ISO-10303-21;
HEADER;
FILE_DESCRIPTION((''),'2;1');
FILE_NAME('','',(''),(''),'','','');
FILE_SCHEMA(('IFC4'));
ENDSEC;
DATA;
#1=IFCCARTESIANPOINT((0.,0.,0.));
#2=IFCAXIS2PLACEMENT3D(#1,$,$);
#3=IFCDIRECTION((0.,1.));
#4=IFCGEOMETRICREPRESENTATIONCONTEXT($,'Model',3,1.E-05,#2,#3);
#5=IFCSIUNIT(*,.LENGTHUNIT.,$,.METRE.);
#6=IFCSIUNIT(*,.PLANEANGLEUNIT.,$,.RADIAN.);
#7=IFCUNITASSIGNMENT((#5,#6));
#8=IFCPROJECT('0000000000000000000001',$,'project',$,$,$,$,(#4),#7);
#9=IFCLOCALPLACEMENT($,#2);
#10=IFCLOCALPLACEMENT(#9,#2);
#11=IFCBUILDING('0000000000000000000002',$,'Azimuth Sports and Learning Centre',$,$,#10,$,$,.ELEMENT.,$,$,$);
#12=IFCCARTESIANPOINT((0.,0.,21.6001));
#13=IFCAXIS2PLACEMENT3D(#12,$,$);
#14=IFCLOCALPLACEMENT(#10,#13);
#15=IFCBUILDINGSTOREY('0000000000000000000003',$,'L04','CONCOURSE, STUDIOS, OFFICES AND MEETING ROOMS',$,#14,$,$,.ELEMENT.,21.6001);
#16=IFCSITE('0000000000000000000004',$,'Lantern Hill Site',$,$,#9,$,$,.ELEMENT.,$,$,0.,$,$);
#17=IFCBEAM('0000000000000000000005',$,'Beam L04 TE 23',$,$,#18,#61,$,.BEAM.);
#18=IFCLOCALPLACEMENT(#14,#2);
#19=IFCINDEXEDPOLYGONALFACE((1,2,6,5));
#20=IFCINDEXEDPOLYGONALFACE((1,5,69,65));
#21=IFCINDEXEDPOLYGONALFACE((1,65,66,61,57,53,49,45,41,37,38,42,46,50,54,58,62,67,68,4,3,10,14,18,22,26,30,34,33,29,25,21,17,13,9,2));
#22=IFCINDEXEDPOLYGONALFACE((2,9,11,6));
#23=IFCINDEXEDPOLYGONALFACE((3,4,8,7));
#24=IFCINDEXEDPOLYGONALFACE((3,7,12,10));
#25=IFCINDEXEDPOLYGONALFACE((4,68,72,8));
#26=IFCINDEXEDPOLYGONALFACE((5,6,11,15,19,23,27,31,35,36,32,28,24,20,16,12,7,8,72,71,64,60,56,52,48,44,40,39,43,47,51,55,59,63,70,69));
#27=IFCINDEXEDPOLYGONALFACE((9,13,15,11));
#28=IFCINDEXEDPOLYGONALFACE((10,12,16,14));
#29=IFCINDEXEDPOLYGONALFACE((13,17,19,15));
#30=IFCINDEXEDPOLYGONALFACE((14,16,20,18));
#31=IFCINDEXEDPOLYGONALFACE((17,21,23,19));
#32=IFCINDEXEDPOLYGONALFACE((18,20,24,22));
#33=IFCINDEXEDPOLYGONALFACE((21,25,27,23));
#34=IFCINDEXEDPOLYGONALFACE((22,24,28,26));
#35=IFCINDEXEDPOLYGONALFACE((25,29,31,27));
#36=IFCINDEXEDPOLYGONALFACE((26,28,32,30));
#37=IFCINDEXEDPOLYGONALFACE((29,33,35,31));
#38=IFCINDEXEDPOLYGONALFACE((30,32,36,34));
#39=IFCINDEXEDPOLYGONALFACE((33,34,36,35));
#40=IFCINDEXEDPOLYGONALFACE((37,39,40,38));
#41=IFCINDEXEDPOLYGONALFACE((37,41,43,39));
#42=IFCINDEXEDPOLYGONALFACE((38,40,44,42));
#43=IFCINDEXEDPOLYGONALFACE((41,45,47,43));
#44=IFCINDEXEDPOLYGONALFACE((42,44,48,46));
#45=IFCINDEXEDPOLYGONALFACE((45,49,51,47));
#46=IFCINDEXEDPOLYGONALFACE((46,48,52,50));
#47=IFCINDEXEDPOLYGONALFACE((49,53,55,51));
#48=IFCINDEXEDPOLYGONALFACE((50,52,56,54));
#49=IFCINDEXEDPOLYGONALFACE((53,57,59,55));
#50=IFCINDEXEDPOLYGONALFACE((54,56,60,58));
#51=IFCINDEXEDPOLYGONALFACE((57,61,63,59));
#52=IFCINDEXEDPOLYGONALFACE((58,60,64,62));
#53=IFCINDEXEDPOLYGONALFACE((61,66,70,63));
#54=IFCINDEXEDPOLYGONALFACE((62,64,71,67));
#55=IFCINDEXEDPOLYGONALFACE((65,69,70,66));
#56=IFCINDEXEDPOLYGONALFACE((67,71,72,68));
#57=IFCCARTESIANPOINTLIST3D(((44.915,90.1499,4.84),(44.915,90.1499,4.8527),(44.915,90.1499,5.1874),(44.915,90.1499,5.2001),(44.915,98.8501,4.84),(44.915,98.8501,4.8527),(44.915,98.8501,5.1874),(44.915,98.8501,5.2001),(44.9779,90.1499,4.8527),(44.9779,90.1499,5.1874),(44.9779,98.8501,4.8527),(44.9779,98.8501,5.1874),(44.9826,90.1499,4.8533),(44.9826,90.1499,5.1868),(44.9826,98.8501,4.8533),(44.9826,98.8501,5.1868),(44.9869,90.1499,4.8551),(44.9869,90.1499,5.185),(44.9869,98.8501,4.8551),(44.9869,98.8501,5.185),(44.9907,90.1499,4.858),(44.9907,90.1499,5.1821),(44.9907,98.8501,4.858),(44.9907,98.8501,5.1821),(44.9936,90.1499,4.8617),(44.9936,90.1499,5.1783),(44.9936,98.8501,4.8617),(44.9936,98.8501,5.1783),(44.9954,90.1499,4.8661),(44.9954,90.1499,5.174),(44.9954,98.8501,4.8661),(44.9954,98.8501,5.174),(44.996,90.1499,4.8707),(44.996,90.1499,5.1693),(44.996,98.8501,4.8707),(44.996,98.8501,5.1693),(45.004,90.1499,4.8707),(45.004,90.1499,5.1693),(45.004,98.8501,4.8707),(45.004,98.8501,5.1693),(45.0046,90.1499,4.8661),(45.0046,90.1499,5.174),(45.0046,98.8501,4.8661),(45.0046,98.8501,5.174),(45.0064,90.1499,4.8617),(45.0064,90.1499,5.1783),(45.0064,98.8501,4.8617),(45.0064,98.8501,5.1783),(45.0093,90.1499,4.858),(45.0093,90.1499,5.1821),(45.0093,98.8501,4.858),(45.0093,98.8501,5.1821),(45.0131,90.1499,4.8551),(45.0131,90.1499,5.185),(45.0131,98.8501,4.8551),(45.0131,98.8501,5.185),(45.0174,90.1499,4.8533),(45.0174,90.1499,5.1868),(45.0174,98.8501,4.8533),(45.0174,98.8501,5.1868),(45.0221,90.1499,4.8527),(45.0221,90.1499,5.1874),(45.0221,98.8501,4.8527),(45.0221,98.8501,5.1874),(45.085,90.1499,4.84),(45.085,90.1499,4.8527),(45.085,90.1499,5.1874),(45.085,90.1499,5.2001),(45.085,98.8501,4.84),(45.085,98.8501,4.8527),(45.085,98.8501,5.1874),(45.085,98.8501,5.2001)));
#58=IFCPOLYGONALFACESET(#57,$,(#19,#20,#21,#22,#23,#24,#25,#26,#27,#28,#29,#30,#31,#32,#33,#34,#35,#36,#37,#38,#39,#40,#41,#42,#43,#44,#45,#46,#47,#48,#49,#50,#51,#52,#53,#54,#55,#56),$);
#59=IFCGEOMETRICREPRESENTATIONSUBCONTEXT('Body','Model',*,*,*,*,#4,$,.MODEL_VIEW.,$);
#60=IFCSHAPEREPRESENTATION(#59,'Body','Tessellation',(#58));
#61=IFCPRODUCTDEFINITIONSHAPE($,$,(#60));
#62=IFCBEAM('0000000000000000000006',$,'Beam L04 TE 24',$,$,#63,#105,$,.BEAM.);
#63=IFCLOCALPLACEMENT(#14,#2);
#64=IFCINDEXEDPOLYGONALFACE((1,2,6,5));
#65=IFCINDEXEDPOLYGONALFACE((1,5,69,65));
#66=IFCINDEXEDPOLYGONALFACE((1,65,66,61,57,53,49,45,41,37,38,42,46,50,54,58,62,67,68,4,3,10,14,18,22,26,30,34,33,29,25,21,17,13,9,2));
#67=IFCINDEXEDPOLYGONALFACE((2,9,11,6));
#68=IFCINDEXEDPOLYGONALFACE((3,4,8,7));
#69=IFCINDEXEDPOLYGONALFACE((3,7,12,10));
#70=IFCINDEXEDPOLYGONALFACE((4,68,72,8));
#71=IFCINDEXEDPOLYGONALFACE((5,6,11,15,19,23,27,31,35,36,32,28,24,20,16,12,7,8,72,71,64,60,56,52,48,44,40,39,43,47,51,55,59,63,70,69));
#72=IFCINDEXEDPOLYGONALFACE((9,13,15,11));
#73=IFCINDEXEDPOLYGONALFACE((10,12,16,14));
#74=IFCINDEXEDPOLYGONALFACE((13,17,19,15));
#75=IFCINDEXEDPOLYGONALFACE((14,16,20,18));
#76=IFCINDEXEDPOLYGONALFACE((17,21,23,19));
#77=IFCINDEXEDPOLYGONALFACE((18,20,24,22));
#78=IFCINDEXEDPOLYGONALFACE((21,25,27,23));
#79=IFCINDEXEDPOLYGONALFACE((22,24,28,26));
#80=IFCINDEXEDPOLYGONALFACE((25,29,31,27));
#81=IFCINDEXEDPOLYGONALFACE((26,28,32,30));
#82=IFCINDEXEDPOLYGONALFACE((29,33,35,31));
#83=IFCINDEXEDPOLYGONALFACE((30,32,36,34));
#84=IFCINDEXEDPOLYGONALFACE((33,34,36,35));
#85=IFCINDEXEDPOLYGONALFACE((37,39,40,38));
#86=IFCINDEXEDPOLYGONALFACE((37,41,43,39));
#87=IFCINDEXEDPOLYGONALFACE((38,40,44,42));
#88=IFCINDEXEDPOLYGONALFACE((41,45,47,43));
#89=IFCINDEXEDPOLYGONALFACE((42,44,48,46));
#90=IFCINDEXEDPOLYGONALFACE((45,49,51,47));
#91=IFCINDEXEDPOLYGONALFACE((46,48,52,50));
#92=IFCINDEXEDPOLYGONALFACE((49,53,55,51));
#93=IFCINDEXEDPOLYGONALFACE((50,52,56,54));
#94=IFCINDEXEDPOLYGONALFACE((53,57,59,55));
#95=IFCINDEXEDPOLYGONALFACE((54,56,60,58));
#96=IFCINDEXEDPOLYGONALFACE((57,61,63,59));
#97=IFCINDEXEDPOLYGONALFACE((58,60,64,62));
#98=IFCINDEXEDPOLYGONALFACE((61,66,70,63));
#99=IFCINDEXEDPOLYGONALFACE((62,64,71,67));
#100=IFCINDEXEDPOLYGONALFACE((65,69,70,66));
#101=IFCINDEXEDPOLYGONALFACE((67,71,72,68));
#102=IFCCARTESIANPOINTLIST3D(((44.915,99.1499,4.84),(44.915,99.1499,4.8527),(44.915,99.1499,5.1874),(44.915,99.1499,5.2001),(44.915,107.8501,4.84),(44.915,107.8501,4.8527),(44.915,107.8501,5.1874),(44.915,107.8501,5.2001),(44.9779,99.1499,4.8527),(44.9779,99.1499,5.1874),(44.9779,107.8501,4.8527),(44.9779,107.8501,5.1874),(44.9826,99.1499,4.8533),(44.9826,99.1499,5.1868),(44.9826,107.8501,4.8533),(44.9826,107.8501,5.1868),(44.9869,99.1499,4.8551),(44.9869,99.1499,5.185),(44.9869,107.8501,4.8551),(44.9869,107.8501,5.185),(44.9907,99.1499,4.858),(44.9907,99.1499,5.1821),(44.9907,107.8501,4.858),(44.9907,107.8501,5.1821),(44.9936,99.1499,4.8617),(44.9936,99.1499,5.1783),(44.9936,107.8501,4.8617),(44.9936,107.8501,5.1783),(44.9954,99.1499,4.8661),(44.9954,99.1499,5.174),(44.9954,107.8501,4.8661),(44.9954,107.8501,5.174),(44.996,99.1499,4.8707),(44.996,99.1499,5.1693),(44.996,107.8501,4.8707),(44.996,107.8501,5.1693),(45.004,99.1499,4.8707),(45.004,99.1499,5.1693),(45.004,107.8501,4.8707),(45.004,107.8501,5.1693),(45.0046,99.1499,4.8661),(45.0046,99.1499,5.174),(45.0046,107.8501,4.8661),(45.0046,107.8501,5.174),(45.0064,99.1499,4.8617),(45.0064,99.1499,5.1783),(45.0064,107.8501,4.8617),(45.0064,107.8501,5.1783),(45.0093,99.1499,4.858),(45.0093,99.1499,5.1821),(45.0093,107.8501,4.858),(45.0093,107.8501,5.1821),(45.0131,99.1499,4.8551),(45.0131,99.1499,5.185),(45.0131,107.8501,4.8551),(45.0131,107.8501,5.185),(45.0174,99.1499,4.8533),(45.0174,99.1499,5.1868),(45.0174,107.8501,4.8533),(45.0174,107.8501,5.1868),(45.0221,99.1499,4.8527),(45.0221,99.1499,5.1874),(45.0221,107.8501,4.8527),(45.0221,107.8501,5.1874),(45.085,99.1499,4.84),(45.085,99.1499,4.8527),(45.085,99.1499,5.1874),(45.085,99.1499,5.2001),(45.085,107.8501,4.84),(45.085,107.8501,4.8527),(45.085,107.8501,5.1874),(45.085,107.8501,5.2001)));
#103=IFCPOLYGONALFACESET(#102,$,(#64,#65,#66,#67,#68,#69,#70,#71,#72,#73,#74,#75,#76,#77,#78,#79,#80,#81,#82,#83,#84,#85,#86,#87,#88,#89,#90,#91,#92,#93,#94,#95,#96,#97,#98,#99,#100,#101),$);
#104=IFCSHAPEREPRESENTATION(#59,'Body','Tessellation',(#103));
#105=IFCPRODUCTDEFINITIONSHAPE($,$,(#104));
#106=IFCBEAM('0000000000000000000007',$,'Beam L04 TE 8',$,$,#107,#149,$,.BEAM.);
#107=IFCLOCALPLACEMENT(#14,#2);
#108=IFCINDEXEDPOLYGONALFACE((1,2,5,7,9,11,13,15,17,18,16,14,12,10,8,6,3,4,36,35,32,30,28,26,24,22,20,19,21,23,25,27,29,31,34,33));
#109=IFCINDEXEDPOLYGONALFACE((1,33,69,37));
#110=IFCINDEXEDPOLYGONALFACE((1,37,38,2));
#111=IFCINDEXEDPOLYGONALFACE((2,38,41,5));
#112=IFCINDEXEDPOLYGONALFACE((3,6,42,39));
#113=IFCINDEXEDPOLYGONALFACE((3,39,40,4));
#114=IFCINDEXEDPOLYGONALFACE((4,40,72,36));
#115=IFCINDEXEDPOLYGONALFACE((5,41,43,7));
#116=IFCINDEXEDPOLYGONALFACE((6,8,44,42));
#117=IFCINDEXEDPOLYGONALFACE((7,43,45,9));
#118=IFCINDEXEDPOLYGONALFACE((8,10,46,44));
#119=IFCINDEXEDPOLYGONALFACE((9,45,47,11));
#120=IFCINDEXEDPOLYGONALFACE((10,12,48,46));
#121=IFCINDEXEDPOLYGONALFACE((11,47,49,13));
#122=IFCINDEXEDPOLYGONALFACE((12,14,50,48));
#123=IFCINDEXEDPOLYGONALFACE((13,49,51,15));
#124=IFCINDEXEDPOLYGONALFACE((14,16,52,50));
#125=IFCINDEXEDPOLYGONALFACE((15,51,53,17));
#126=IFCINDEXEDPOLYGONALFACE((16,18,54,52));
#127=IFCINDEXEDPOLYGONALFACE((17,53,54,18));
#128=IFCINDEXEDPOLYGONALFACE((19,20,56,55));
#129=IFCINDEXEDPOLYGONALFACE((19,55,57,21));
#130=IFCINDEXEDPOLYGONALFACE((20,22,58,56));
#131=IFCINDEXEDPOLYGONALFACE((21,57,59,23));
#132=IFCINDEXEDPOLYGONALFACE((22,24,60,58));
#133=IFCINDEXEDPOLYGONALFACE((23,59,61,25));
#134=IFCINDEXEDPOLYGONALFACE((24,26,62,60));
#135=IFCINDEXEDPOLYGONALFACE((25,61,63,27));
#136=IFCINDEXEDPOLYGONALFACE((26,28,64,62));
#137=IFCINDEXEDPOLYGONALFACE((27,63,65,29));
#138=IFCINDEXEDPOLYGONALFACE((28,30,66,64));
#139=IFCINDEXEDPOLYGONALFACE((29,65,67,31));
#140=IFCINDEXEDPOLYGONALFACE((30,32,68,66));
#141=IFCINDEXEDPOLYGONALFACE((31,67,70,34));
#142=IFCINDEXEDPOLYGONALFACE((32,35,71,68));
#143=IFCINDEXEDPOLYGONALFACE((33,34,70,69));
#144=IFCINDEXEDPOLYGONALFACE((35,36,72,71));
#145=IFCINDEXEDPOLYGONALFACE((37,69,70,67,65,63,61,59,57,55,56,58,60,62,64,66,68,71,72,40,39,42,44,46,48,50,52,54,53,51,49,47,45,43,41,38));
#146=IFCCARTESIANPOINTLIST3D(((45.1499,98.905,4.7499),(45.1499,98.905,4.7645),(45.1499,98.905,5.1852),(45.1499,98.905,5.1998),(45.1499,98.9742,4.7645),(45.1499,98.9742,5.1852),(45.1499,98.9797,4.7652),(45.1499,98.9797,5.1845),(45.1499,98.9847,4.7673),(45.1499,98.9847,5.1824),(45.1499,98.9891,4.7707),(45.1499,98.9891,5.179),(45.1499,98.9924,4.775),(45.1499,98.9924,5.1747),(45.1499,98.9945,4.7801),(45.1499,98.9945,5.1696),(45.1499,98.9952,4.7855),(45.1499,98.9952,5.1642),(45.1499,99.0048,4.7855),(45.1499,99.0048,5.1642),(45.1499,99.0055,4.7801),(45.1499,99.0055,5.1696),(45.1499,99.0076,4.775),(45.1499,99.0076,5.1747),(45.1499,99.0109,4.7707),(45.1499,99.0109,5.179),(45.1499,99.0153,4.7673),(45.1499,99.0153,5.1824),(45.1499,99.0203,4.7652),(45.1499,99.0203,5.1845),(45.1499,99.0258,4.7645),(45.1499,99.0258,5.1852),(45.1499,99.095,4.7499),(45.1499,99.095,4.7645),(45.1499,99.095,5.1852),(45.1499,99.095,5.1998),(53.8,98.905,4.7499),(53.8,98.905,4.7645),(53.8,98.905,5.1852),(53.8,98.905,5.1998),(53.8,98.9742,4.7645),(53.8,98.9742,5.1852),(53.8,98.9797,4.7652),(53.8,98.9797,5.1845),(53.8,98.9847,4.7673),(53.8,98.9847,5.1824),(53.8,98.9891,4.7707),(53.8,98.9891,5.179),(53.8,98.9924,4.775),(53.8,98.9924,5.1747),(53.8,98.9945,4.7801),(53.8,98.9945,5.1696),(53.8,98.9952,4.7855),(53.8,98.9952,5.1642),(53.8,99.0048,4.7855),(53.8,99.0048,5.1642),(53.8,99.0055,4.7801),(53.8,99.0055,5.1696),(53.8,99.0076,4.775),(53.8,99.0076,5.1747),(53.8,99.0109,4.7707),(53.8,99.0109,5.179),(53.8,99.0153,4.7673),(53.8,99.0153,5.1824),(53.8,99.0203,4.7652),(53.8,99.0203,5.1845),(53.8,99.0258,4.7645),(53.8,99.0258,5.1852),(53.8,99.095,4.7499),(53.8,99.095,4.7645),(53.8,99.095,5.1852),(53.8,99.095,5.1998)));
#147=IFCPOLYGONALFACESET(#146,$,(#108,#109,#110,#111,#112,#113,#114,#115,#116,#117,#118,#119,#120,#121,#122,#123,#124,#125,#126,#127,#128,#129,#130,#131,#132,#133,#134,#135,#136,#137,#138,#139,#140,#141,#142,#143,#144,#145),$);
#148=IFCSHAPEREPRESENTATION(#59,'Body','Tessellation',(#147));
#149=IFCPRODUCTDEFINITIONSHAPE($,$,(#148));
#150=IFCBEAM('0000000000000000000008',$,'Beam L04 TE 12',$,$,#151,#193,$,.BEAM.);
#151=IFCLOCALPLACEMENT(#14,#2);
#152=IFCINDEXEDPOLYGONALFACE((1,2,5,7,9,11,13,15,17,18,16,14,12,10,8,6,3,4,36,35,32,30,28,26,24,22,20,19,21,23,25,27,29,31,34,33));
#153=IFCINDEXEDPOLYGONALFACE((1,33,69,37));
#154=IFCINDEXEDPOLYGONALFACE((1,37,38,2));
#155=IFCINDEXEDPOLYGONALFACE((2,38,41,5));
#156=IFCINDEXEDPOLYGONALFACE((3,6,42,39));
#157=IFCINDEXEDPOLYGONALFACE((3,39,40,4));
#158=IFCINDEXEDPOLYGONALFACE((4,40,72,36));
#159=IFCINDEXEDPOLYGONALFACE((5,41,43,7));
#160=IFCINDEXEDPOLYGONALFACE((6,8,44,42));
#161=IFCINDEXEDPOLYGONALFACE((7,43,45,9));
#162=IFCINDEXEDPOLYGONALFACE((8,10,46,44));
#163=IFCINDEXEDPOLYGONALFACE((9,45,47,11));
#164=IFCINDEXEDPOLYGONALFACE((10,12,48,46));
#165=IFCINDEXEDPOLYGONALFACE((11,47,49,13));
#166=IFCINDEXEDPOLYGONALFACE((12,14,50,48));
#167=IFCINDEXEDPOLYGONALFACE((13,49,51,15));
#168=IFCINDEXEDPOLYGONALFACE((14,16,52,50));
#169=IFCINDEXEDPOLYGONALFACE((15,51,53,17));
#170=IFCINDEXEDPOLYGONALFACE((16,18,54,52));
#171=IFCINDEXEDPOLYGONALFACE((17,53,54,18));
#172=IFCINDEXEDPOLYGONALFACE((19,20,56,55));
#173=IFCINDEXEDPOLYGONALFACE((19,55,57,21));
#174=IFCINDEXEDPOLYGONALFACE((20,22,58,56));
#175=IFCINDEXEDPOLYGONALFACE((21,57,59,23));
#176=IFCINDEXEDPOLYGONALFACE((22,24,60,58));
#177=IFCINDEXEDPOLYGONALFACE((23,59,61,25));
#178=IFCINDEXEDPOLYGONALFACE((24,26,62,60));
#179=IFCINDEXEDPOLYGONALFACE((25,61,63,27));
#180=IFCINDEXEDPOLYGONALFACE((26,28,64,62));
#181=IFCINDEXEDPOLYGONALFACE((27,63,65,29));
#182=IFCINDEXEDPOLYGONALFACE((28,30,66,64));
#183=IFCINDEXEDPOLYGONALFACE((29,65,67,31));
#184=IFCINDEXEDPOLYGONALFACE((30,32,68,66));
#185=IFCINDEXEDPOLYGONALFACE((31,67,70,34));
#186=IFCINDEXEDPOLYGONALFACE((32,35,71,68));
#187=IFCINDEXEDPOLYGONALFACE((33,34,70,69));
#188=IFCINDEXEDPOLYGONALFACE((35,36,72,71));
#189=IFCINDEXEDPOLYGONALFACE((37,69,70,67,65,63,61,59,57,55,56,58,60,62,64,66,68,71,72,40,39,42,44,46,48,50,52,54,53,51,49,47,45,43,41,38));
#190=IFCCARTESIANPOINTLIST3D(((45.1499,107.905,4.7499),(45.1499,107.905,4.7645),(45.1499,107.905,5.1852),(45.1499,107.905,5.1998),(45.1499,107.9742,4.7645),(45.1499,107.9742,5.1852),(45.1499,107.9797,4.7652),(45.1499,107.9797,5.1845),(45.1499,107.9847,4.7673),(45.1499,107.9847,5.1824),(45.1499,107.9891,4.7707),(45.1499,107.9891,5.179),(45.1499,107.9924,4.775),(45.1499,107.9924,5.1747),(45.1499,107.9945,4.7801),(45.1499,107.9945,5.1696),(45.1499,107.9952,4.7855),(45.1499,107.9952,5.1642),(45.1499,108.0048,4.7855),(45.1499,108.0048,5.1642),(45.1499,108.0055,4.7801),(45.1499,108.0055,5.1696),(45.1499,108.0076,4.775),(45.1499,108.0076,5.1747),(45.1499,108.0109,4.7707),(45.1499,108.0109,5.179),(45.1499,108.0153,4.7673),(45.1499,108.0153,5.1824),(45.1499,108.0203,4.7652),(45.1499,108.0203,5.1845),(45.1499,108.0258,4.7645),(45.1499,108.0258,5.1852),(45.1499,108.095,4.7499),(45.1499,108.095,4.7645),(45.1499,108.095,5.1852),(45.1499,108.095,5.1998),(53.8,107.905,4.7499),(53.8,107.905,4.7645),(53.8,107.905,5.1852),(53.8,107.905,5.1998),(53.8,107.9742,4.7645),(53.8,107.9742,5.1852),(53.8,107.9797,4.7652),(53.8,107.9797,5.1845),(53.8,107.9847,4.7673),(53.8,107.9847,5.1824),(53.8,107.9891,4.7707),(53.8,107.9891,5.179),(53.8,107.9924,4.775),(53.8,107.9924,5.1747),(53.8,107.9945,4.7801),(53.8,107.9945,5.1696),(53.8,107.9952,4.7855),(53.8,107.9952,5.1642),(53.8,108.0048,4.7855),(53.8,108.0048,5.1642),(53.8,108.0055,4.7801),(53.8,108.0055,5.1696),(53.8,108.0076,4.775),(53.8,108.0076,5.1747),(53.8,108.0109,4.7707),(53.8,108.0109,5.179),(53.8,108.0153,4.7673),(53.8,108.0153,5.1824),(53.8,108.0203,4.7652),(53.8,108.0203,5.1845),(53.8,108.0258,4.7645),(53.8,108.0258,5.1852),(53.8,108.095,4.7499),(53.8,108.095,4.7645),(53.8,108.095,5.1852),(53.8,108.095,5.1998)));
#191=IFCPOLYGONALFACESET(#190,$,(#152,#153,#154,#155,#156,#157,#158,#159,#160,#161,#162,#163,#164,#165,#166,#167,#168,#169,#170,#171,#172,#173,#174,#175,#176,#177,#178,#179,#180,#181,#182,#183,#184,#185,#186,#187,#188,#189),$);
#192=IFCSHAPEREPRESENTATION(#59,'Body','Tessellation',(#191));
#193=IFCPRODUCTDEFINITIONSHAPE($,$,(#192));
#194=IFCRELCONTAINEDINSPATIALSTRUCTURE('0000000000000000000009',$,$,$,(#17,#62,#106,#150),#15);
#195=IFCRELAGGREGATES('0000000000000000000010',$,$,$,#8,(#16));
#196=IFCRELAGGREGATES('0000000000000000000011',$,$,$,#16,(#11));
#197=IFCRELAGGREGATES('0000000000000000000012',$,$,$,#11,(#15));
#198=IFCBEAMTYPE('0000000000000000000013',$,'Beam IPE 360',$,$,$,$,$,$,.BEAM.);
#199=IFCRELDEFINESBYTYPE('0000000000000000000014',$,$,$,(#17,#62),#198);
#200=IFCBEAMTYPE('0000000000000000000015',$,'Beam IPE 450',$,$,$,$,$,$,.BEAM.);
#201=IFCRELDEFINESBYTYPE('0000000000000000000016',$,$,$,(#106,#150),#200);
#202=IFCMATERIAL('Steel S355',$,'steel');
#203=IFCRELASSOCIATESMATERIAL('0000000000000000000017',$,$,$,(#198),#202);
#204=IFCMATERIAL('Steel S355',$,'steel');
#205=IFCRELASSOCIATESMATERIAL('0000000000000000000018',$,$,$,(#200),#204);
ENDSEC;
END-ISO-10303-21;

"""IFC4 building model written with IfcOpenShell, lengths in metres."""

from ifc_helpers import new_model, si_unit, direction, frame, origin, origin_2d, place, context, subcontext, project, spatial, i_section, extrude, material, material_profile, profile_set, type_object, element, save


model = new_model("IFC4")

# Units and contexts
model_context = context("Model", 3, precision=1e-05, world=origin(), true_north=direction((0.0, 1.0)))
body_context = subcontext(model_context, "Body", "Model", "MODEL_VIEW")
ifc_project = project(units=[si_unit("LENGTHUNIT", "METRE"), si_unit("PLANEANGLEUNIT", "RADIAN")], contexts=[model_context])

# Site, building, storey
site_placement = place(None, origin())
site = spatial("IfcSite", under=ifc_project, at=site_placement, Name="Lantern Hill Site", CompositionType="ELEMENT", RefElevation=0.0)
building_placement = place(site_placement, origin())
building = spatial("IfcBuilding", under=site, at=building_placement, Name="Azimuth Sports and Learning Centre", CompositionType="ELEMENT")
storey_placement = place(building_placement, frame((0.0, 0.0, 21.6001)))
storey = spatial("IfcBuildingStorey", under=building, at=storey_placement, Name="L04", Description="CONCOURSE, STUDIOS, OFFICES AND MEETING ROOMS", CompositionType="ELEMENT", Elevation=21.6001)

# Beams
ifc_material_1 = material(Name="Steel S355", Category="steel")
ifc_material_profile_1 = material_profile(ifc_material_1, i_section(OverallWidth=0.1699, OverallDepth=0.3601, WebThickness=0.0081, FlangeThickness=0.0127, FilletRadius=0.0181, at=origin_2d()), Name="IPE 360")
ifc_profile_set_1 = profile_set([ifc_material_profile_1], Name="Steel S355")
beam_type_1 = type_object("IfcBeamType", Name="Beam IPE 360", PredefinedType="BEAM", material=ifc_profile_set_1)
for number, where, z_axis, x_axis, name in (
    (1, (45.0, 90.1499, 5.02), (0.0, 1.0, 0.0), (-1.0, 0.0, 0.0), "Beam L04 TE 23"),
    (2, (45.0, 99.1499, 5.02), (0.0, 1.0, 0.0), (-1.0, 0.0, 0.0), "Beam L04 TE 24"),
):
    element("IfcBeam", number, at=place(storey_placement, frame(where, z_axis=z_axis, x_axis=x_axis)), inside=storey, type_object=beam_type_1, Name=name, PredefinedType="BEAM", context=body_context, shape_type="SweptSolid", body=[
        extrude(i_section(OverallWidth=0.1699, OverallDepth=0.3601, WebThickness=0.0081, FlangeThickness=0.0127, FilletRadius=0.0181, at=origin_2d()), origin(), (0.0, 0.0, 1.0), 8.7002),
    ])
ifc_material_2 = material(Name="Steel S355", Category="steel")
ifc_material_profile_2 = material_profile(ifc_material_2, i_section(OverallWidth=0.1899, OverallDepth=0.45, WebThickness=0.0095, FlangeThickness=0.0146, FilletRadius=0.021, at=origin_2d()), Name="IPE 450")
ifc_profile_set_2 = profile_set([ifc_material_profile_2], Name="Steel S355")
beam_type_2 = type_object("IfcBeamType", Name="Beam IPE 450", PredefinedType="BEAM", material=ifc_profile_set_2)
for number, where, z_axis, x_axis, name in (
    (3, (45.1499, 99.0, 4.9749), (1.0, 0.0, 0.0), (0.0, 1.0, 0.0), "Beam L04 TE 8"),
    (4, (45.1499, 108.0, 4.9749), (1.0, 0.0, 0.0), (0.0, 1.0, 0.0), "Beam L04 TE 12"),
):
    element("IfcBeam", number, at=place(storey_placement, frame(where, z_axis=z_axis, x_axis=x_axis)), inside=storey, type_object=beam_type_2, Name=name, PredefinedType="BEAM", context=body_context, shape_type="SweptSolid", body=[
        extrude(i_section(OverallWidth=0.1899, OverallDepth=0.45, WebThickness=0.0095, FlangeThickness=0.0146, FilletRadius=0.021, at=origin_2d()), origin(), (0.0, 0.0, 1.0), 8.6501),
    ])

save(model, "model.ifc")
